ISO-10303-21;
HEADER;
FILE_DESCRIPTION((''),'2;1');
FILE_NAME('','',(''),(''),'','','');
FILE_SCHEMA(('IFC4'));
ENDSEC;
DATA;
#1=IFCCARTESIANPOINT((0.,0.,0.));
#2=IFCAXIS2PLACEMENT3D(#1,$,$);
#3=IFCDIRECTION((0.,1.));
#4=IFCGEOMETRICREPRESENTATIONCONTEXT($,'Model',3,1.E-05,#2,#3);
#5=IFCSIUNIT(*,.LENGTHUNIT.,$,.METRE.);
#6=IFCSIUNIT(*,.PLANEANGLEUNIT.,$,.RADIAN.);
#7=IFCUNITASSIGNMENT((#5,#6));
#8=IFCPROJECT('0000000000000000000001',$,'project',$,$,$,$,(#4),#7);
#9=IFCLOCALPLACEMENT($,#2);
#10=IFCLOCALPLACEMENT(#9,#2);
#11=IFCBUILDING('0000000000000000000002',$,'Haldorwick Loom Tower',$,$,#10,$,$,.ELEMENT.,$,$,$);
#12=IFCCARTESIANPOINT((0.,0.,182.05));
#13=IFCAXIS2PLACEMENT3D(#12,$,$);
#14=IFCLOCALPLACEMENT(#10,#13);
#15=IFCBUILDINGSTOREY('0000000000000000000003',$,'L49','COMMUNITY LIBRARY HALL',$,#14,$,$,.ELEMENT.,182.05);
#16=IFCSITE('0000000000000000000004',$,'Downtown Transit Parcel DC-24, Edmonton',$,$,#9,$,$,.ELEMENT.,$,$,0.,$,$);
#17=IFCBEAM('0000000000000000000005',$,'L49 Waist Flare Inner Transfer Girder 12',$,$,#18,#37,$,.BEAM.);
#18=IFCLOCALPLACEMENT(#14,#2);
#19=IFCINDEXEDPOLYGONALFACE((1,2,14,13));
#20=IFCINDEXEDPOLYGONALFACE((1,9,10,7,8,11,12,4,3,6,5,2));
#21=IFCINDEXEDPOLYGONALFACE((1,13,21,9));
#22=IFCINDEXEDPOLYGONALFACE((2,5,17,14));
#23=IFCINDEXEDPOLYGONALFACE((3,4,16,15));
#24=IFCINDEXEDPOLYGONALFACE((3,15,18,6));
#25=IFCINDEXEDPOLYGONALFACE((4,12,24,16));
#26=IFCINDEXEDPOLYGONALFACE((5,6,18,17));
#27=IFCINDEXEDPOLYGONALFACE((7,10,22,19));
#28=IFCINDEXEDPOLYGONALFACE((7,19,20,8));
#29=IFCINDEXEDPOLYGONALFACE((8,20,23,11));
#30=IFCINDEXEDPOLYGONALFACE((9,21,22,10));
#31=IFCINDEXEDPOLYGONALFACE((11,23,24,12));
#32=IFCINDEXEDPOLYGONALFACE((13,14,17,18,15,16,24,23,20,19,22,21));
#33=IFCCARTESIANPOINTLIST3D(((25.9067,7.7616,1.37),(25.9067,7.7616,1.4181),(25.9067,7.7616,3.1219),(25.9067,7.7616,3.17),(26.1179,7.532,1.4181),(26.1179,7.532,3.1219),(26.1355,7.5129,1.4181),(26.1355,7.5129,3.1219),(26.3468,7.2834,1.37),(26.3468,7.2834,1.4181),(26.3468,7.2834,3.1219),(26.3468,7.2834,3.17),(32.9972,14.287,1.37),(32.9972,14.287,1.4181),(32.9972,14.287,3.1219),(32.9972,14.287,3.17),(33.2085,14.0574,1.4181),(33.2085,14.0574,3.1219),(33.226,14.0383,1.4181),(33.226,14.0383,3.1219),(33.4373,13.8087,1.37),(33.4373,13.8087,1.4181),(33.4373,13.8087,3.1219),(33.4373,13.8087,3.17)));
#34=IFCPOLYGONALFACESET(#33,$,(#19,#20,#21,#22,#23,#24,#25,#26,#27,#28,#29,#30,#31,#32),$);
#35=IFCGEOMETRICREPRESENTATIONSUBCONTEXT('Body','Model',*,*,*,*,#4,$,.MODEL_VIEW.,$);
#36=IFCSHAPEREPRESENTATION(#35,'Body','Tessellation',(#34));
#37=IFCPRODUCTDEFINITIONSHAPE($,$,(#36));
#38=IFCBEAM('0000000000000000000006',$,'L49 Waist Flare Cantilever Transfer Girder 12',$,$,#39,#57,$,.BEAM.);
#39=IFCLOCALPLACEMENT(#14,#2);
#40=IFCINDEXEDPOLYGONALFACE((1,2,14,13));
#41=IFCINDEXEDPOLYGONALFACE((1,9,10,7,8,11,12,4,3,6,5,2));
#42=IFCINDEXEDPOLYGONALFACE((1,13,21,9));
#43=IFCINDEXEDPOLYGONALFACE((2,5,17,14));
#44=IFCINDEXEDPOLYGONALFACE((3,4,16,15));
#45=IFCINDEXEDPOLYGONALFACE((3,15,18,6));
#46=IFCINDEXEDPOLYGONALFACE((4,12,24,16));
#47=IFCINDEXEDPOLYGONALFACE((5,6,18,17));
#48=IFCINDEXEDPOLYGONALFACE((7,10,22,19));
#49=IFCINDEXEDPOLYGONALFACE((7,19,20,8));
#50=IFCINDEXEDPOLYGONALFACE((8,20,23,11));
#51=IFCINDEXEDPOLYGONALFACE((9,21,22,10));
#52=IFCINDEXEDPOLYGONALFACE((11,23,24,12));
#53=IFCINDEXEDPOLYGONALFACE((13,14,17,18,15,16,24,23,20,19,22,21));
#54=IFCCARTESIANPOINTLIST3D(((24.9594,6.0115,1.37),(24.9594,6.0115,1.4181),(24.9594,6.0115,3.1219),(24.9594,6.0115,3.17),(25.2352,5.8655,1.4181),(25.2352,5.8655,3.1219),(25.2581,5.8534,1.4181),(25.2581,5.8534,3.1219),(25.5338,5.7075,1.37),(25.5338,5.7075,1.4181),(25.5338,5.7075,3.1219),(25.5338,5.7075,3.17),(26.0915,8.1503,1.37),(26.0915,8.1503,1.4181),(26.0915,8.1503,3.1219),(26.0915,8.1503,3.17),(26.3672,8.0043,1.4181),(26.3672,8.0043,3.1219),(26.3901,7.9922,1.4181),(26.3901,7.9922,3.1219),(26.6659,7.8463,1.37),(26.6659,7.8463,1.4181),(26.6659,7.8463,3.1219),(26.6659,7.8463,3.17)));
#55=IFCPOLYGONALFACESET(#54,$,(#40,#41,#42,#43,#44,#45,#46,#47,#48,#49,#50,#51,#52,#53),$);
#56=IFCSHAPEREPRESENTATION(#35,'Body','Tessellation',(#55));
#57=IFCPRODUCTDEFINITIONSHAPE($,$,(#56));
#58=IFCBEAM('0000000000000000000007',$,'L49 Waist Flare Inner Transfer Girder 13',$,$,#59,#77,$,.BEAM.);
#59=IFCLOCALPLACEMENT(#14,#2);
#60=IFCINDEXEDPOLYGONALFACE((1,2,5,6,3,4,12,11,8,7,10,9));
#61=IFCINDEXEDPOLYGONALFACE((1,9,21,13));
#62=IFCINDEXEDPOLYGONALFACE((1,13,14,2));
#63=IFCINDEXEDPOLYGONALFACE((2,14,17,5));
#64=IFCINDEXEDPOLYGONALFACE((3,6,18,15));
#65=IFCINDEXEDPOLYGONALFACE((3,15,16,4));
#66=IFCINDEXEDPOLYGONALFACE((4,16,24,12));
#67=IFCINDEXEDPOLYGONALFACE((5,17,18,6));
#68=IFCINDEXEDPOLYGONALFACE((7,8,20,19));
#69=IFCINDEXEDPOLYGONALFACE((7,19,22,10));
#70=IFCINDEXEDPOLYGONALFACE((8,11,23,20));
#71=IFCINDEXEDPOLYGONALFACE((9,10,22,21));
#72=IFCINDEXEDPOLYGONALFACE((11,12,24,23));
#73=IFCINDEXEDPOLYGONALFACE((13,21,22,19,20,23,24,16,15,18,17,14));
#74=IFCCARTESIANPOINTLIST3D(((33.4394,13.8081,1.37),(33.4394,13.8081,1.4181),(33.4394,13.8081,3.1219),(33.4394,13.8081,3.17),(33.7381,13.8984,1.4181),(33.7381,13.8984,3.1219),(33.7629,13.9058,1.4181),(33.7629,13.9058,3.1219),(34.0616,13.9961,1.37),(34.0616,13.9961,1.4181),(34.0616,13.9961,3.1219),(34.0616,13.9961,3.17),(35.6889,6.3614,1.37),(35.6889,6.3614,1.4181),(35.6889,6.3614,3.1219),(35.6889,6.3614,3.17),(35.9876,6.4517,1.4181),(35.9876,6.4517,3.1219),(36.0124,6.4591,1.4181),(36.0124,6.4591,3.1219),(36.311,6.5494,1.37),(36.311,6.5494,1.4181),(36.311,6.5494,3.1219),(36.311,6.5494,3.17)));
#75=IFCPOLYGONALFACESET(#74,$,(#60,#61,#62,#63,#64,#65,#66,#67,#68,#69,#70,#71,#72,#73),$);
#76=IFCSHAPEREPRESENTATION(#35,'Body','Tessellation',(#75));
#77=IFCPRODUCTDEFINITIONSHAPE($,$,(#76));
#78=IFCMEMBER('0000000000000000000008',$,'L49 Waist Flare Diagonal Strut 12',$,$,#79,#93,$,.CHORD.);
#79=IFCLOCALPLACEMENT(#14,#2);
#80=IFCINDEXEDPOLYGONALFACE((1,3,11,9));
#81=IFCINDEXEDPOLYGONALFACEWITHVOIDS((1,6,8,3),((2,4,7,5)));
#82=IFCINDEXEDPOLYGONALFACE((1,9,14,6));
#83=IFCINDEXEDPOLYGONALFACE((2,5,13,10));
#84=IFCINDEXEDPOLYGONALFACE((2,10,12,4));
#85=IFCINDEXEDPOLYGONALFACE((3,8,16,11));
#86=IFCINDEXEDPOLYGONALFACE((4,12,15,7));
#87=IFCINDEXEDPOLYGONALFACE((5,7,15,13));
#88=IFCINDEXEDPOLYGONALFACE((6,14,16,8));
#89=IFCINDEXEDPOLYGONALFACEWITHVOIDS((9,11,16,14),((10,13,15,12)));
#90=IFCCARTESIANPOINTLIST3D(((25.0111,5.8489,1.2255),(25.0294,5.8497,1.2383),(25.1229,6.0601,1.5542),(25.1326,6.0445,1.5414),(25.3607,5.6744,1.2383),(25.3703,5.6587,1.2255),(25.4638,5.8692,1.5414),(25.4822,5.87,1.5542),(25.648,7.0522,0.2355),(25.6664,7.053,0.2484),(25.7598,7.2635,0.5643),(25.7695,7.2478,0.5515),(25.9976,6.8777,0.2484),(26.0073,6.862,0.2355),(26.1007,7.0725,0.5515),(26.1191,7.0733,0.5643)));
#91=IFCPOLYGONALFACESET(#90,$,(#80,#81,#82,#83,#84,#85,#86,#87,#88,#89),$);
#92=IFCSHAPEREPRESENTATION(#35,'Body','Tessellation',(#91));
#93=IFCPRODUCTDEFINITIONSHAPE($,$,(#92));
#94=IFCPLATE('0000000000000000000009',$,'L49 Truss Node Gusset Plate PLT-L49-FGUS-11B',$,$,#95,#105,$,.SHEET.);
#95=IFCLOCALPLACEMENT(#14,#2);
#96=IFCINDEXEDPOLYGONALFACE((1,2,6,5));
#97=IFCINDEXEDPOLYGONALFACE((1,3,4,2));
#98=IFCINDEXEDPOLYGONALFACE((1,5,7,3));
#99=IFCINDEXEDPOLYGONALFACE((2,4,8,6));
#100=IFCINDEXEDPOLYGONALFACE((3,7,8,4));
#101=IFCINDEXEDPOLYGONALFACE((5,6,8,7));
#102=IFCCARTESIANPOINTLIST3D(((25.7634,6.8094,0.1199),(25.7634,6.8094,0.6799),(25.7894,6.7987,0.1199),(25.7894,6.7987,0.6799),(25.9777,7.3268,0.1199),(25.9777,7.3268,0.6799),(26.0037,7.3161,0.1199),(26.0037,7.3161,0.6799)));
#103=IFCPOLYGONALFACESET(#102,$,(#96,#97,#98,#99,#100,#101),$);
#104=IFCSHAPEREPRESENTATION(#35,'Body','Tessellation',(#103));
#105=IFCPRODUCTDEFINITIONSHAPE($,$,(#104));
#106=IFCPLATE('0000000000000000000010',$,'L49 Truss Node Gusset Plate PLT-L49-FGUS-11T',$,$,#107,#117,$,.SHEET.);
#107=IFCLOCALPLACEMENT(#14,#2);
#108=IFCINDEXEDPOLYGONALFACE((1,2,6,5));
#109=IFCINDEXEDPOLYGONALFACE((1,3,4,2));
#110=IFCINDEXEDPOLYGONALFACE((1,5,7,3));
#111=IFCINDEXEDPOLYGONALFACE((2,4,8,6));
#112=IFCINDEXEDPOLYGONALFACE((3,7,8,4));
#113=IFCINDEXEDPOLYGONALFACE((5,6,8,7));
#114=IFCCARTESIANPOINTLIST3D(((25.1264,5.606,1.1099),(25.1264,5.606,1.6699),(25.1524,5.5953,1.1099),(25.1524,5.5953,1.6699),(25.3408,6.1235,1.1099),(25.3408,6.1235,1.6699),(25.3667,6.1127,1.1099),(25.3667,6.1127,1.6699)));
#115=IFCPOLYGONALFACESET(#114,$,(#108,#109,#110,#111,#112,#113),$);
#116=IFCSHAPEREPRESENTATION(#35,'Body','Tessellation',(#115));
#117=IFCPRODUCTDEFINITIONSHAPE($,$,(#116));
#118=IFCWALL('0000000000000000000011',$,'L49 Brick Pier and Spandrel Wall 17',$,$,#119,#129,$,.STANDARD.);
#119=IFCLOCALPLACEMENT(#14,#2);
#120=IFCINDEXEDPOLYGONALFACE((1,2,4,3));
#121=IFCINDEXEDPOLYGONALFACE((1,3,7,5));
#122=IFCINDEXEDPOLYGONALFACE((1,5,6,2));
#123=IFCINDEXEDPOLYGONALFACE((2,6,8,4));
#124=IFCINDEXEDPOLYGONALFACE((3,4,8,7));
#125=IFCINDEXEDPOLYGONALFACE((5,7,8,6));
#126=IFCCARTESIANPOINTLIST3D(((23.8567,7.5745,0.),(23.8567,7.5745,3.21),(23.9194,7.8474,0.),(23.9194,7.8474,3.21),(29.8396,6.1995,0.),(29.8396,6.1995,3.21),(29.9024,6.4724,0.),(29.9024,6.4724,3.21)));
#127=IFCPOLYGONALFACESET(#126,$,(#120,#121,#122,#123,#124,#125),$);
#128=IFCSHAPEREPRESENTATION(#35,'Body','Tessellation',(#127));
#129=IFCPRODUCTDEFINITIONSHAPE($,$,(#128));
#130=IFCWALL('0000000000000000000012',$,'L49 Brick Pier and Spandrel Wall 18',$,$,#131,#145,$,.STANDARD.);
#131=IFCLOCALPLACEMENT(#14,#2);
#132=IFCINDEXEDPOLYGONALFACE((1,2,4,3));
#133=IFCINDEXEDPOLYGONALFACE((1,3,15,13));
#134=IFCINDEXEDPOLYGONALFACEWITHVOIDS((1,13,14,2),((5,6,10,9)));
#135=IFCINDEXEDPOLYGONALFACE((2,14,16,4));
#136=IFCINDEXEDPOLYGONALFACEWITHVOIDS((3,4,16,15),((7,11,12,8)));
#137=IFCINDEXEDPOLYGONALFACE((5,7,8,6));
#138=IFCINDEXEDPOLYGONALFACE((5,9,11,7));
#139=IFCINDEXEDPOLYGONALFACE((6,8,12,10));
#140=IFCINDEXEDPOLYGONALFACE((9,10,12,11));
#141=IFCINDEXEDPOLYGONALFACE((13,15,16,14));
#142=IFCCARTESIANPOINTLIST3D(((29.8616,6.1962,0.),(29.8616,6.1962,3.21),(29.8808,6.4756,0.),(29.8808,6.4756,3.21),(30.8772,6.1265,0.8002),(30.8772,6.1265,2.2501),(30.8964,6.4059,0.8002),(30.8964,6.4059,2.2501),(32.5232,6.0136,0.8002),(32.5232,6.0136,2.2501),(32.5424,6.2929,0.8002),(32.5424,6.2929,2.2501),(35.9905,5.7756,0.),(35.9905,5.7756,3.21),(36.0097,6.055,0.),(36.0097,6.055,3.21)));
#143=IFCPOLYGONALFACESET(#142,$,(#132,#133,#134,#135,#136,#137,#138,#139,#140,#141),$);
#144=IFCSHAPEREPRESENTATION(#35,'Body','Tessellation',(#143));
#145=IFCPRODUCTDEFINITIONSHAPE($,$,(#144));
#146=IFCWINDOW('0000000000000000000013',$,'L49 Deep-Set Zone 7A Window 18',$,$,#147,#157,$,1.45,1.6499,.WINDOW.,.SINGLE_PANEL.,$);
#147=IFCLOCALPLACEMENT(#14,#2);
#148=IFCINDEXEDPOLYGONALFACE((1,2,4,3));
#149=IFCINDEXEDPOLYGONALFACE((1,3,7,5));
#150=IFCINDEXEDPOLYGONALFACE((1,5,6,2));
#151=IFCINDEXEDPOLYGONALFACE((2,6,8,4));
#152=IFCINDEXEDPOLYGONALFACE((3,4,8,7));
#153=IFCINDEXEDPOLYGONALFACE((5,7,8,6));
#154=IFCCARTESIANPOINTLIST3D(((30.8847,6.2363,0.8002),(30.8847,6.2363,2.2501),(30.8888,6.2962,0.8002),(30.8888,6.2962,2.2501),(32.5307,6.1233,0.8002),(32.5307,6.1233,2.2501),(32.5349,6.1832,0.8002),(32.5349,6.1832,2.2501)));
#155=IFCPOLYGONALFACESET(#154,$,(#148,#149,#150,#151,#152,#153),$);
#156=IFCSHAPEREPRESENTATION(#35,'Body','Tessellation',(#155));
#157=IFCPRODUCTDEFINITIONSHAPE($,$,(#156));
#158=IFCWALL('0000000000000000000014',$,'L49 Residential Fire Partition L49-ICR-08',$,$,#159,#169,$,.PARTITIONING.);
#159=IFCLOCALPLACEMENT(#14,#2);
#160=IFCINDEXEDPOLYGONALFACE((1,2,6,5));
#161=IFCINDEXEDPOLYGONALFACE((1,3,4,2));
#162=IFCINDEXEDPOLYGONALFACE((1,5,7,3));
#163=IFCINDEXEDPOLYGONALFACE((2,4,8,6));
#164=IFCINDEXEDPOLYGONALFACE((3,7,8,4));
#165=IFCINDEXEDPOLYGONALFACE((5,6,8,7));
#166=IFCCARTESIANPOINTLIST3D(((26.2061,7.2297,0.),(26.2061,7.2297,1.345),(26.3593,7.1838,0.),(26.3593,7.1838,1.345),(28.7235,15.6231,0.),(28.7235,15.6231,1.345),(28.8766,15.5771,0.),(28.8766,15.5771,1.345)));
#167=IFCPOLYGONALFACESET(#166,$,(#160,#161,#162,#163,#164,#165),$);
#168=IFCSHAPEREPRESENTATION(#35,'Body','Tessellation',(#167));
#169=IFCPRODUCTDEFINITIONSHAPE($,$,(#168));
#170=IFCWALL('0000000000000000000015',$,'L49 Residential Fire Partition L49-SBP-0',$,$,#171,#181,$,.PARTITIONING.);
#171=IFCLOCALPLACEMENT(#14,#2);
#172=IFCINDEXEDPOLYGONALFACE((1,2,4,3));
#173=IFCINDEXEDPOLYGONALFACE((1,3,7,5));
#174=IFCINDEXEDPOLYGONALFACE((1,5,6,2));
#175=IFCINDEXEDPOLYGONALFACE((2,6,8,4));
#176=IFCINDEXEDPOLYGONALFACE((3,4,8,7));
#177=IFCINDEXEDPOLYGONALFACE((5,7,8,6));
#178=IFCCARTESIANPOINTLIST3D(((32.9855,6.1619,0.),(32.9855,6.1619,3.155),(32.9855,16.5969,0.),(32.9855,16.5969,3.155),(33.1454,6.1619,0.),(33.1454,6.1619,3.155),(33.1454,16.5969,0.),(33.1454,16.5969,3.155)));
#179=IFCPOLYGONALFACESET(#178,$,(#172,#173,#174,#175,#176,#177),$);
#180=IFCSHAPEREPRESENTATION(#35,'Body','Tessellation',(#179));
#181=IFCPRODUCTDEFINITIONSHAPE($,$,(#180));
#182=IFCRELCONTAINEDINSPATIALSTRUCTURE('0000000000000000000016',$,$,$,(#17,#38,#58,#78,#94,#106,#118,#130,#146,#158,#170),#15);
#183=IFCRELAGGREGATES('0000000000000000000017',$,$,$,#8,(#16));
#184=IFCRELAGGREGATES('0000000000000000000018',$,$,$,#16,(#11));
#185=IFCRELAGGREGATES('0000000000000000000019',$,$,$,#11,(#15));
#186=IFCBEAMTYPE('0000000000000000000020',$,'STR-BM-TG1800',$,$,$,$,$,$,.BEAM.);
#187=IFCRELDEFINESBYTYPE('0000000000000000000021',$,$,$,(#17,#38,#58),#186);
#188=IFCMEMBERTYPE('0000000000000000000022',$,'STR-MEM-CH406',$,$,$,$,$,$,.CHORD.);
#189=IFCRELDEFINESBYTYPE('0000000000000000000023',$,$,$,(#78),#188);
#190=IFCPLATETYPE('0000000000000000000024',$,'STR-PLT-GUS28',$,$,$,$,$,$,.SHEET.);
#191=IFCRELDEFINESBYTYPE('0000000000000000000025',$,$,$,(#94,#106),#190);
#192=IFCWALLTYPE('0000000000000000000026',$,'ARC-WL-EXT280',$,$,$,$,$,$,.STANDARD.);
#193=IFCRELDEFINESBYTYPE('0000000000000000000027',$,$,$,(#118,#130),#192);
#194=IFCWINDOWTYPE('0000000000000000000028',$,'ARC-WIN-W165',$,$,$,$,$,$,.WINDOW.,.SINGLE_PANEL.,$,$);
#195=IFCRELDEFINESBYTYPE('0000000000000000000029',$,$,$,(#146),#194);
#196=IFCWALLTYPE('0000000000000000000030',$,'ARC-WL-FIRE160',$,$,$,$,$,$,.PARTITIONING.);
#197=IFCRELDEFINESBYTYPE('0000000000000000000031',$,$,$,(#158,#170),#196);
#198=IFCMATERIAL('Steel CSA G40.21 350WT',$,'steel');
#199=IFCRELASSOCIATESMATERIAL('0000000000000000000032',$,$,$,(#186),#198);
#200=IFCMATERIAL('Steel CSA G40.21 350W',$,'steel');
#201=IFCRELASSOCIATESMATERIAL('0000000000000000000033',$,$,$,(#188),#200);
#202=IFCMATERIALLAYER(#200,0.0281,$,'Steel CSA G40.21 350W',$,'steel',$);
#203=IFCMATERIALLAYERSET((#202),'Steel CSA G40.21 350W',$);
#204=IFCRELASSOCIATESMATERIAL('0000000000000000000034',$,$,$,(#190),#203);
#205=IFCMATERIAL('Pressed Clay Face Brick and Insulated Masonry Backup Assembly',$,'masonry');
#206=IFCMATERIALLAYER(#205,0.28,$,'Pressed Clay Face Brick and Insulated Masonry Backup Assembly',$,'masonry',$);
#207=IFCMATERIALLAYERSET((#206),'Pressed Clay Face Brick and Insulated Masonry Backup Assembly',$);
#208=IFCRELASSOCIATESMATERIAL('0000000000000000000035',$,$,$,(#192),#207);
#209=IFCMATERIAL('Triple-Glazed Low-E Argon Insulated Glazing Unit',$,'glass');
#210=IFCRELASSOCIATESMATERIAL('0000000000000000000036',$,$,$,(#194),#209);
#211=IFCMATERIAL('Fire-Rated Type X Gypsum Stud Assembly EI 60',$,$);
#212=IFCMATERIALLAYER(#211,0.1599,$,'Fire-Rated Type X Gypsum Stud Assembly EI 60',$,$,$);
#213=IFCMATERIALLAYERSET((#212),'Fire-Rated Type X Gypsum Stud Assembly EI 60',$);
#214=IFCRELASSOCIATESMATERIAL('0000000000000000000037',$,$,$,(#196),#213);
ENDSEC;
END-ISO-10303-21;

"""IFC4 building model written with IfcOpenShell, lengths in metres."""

from ifc_helpers import new_model, si_unit, direction, frame, frame_2d, origin, origin_2d, place, context, subcontext, project, spatial, rectangle, hollow_rectangle, i_section, extrude, material, layer, layer_set, material_profile, profile_set, type_object, element, fill, save


model = new_model("IFC4")

# Units and contexts
model_context = context("Model", 3, precision=1e-05, world=origin(), true_north=direction((0.0, 1.0)))
body_context = subcontext(model_context, "Body", "Model", "MODEL_VIEW")
ifc_project = project(units=[si_unit("LENGTHUNIT", "METRE"), si_unit("PLANEANGLEUNIT", "RADIAN")], contexts=[model_context])

# Site, building, storey
site_placement = place(None, origin())
site = spatial("IfcSite", under=ifc_project, at=site_placement, Name="Downtown Transit Parcel DC-24, Edmonton", CompositionType="ELEMENT", RefElevation=0.0)
building_placement = place(site_placement, origin())
building = spatial("IfcBuilding", under=site, at=building_placement, Name="Haldorwick Loom Tower", CompositionType="ELEMENT")
storey_placement = place(building_placement, frame((0.0, 0.0, 182.05)))
storey = spatial("IfcBuildingStorey", under=building, at=storey_placement, Name="L49", Description="COMMUNITY LIBRARY HALL", CompositionType="ELEMENT", Elevation=182.05)

# Beams
ifc_material_1 = material(Name="Steel CSA G40.21 350W", Category="steel")
ifc_material_2 = material(Name="Steel CSA G40.21 350WT", Category="steel")
ifc_material_profile_1 = material_profile(ifc_material_2, i_section(OverallWidth=0.6499, OverallDepth=1.8, WebThickness=0.0259, FlangeThickness=0.0481, at=origin_2d()), Name="WWF1800X650", Category="steel")
ifc_profile_set_1 = profile_set([ifc_material_profile_1], Name="Steel CSA G40.21 350WT")
beam_type_1 = type_object("IfcBeamType", Name="STR-BM-TG1800", PredefinedType="BEAM", material=ifc_profile_set_1)
beam_1_placement = place(storey_placement, frame((33.2173, 14.0479, 2.27), z_axis=(-0.735824, -0.677172, 0.0), x_axis=(0.677172, -0.735824, 0.0)))
element("IfcBeam", 1, at=beam_1_placement, inside=storey, type_object=beam_type_1, Name="L49 Waist Flare Inner Transfer Girder 12", PredefinedType="BEAM", context=body_context, shape_type="SweptSolid", body=[
    extrude(i_section(OverallWidth=0.6499, OverallDepth=1.8, WebThickness=0.0259, FlangeThickness=0.0481, at=origin_2d()), origin(), (0.0, 0.0, 1.0), 9.6362),
])
beam_2_placement = place(storey_placement, frame((26.3787, 7.9983, 2.27), z_axis=(-0.467795, -0.883837, 0.0), x_axis=(0.883837, -0.467795, 0.0)))
element("IfcBeam", 2, at=beam_2_placement, inside=storey, type_object=beam_type_1, Name="L49 Waist Flare Cantilever Transfer Girder 12", PredefinedType="BEAM", context=body_context, shape_type="SweptSolid", body=[
    extrude(i_section(OverallWidth=0.6499, OverallDepth=1.8, WebThickness=0.0259, FlangeThickness=0.0481, at=origin_2d()), origin(), (0.0, 0.0, 1.0), 2.4199),
])
beam_3_placement = place(storey_placement, frame((33.7505, 13.9021, 2.27), z_axis=(0.289173, -0.957277, 0.0), x_axis=(0.957277, 0.289173, 0.0)))
element("IfcBeam", 3, at=beam_3_placement, inside=storey, type_object=beam_type_1, Name="L49 Waist Flare Inner Transfer Girder 13", PredefinedType="BEAM", context=body_context, shape_type="SweptSolid", body=[
    extrude(i_section(OverallWidth=0.6499, OverallDepth=1.8, WebThickness=0.0259, FlangeThickness=0.0481, at=origin_2d()), origin(), (0.0, 0.0, 1.0), 7.7791),
])

# Member
ifc_material_profile_2 = material_profile(ifc_material_1, hollow_rectangle(XDim=0.4065, YDim=0.4065, WallThickness=0.0159, at=origin_2d()), Name="HSS406X406X16", Category="steel")
ifc_profile_set_2 = profile_set([ifc_material_profile_2], Name="Steel CSA G40.21 350W")
member_type = type_object("IfcMemberType", Name="STR-MEM-CH406", PredefinedType="CHORD", material=ifc_profile_set_2)
member_placement = place(storey_placement, frame((25.8835, 7.0627, 0.3999), z_axis=(-0.378375, -0.714836, 0.588083), x_axis=(0.883823, -0.467822, 0.0)))
element("IfcMember", 4, at=member_placement, inside=storey, type_object=member_type, Name="L49 Waist Flare Diagonal Strut 12", PredefinedType="CHORD", context=body_context, shape_type="SweptSolid", body=[
    extrude(hollow_rectangle(XDim=0.4065, YDim=0.4065, WallThickness=0.0159, at=origin_2d()), origin(), (0.0, 0.0, 1.0), 1.6833),
])

# Plates
ifc_layer_1 = layer(ifc_material_1, 0.0281, Name="Steel CSA G40.21 350W", Category="steel")
ifc_layer_set_1 = layer_set([ifc_layer_1], Name="Steel CSA G40.21 350W")
plate_type = type_object("IfcPlateType", Name="STR-PLT-GUS28", PredefinedType="SHEET", material=ifc_layer_set_1)
for number, where, z_axis, x_axis, name in (
    (5, (25.8835, 7.0627, 0.1199), (0.0, 0.0, 1.0), (-0.382683, -0.92388, 0.0), "L49 Truss Node Gusset Plate PLT-L49-FGUS-11B"),
    (6, (25.2466, 5.8594, 1.1099), (0.0, 0.0, 1.0), (-0.382683, -0.92388, 0.0), "L49 Truss Node Gusset Plate PLT-L49-FGUS-11T"),
):
    element("IfcPlate", number, at=place(storey_placement, frame(where, z_axis=z_axis, x_axis=x_axis)), inside=storey, type_object=plate_type, Name=name, PredefinedType="SHEET", context=body_context, shape_type="SweptSolid", body=[
        extrude(rectangle(XDim=0.5601, YDim=0.0281, at=origin_2d()), origin(), (0.0, 0.0, 1.0), 0.5601),
    ])

# Wall
ifc_material_3 = material(Name="Pressed Clay Face Brick and Insulated Masonry Backup Assembly", Category="masonry")
ifc_layer_2 = layer(ifc_material_3, 0.28, Name="Pressed Clay Face Brick and Insulated Masonry Backup Assembly", Category="masonry")
ifc_layer_set_2 = layer_set([ifc_layer_2], Name="Pressed Clay Face Brick and Insulated Masonry Backup Assembly")
wall_type_1 = type_object("IfcWallType", Name="ARC-WL-EXT280", PredefinedType="STANDARD", material=ifc_layer_set_2)
wall_1_placement = place(storey_placement, frame((23.8882, 7.7109, 0.0), z_axis=(0.0, 0.0, 1.0), x_axis=(0.974593, -0.223982, 0.0)))
element("IfcWall", 7, at=wall_1_placement, inside=storey, type_object=wall_type_1, Name="L49 Brick Pier and Spandrel Wall 17", PredefinedType="STANDARD", context=body_context, shape_type="SweptSolid", body=[
    extrude(rectangle(XDim=6.1389, YDim=0.28, at=frame_2d((3.0693, 0.0))), origin(), (0.0, 0.0, 1.0), 3.21),
])

# Wall, opening, window
wall_2_placement = place(storey_placement, frame((29.8711, 6.3359, 0.0), z_axis=(0.0, 0.0, 1.0), x_axis=(0.997653, -0.068473, 0.0)))
wall_2 = element("IfcWall", 8, at=wall_2_placement, inside=storey, type_object=wall_type_1, Name="L49 Brick Pier and Spandrel Wall 18", PredefinedType="STANDARD", context=body_context, shape_type="SweptSolid", body=[
    extrude(rectangle(XDim=6.1433, YDim=0.28, at=frame_2d((3.0718, 0.0))), origin(), (0.0, 0.0, 1.0), 3.21),
])
opening_placement = place(wall_2_placement, frame((1.0181, 0.0, 0.8)))
opening = element("IfcOpeningElement", 9, at=opening_placement, cuts=wall_2, PredefinedType="OPENING", context=body_context, shape_type="SweptSolid", body=[
    extrude(rectangle(XDim=1.6499, YDim=1.45, at=frame_2d((0.825, 0.7251))), frame((0.0, 0.1499, 0.0), z_axis=(0.0, -1.0, 0.0), x_axis=(1.0, 0.0, 0.0)), (0.0, 0.0, 1.0), 0.3),
])
ifc_material_4 = material(Name="Triple-Glazed Low-E Argon Insulated Glazing Unit", Category="glass")
window_type = type_object("IfcWindowType", Name="ARC-WIN-W165", PartitioningType="SINGLE_PANEL", PredefinedType="WINDOW", material=ifc_material_4)
window_placement = place(opening_placement, origin())
window = element("IfcWindow", 10, at=window_placement, inside=storey, type_object=window_type, Name="L49 Deep-Set Zone 7A Window 18", OverallHeight=1.45, OverallWidth=1.6499, PartitioningType="SINGLE_PANEL", PredefinedType="WINDOW", context=body_context, shape_type="SweptSolid", body=[
    extrude(rectangle(XDim=1.6499, YDim=1.45, at=frame_2d((0.825, 0.7251))), frame((0.0, 0.03, 0.0), z_axis=(0.0, -1.0, 0.0), x_axis=(1.0, 0.0, 0.0)), (0.0, 0.0, 1.0), 0.0601),
])
fill(opening, window)

# Walls
ifc_material_5 = material(Name="Fire-Rated Type X Gypsum Stud Assembly EI 60")
ifc_layer_3 = layer(ifc_material_5, 0.1599, Name="Fire-Rated Type X Gypsum Stud Assembly EI 60")
ifc_layer_set_3 = layer_set([ifc_layer_3], Name="Fire-Rated Type X Gypsum Stud Assembly EI 60")
wall_type_2 = type_object("IfcWallType", Name="ARC-WL-FIRE160", PredefinedType="PARTITIONING", material=ifc_layer_set_3)
wall_3_placement = place(storey_placement, frame((28.8, 15.6001, 0.0), z_axis=(0.0, 0.0, 1.0), x_axis=(-0.287279, -0.957847, 0.0)))
element("IfcWall", 11, at=wall_3_placement, inside=storey, type_object=wall_type_2, Name="L49 Residential Fire Partition L49-ICR-08", PredefinedType="PARTITIONING", context=body_context, shape_type="SweptSolid", body=[
    extrude(rectangle(XDim=8.7627, YDim=0.1599, at=frame_2d((4.3813, 0.0))), origin(), (0.0, 0.0, 1.0), 1.345),
])
wall_4_placement = place(storey_placement, frame((33.0654, 6.1619, 0.0), z_axis=(0.0, 0.0, 1.0), x_axis=(0.0, 1.0, 0.0)))
element("IfcWall", 12, at=wall_4_placement, inside=storey, type_object=wall_type_2, Name="L49 Residential Fire Partition L49-SBP-0", PredefinedType="PARTITIONING", context=body_context, shape_type="SweptSolid", body=[
    extrude(rectangle(XDim=10.4351, YDim=0.1599, at=frame_2d((5.2175, 0.0))), origin(), (0.0, 0.0, 1.0), 3.155),
])

save(model, "model.ifc")
